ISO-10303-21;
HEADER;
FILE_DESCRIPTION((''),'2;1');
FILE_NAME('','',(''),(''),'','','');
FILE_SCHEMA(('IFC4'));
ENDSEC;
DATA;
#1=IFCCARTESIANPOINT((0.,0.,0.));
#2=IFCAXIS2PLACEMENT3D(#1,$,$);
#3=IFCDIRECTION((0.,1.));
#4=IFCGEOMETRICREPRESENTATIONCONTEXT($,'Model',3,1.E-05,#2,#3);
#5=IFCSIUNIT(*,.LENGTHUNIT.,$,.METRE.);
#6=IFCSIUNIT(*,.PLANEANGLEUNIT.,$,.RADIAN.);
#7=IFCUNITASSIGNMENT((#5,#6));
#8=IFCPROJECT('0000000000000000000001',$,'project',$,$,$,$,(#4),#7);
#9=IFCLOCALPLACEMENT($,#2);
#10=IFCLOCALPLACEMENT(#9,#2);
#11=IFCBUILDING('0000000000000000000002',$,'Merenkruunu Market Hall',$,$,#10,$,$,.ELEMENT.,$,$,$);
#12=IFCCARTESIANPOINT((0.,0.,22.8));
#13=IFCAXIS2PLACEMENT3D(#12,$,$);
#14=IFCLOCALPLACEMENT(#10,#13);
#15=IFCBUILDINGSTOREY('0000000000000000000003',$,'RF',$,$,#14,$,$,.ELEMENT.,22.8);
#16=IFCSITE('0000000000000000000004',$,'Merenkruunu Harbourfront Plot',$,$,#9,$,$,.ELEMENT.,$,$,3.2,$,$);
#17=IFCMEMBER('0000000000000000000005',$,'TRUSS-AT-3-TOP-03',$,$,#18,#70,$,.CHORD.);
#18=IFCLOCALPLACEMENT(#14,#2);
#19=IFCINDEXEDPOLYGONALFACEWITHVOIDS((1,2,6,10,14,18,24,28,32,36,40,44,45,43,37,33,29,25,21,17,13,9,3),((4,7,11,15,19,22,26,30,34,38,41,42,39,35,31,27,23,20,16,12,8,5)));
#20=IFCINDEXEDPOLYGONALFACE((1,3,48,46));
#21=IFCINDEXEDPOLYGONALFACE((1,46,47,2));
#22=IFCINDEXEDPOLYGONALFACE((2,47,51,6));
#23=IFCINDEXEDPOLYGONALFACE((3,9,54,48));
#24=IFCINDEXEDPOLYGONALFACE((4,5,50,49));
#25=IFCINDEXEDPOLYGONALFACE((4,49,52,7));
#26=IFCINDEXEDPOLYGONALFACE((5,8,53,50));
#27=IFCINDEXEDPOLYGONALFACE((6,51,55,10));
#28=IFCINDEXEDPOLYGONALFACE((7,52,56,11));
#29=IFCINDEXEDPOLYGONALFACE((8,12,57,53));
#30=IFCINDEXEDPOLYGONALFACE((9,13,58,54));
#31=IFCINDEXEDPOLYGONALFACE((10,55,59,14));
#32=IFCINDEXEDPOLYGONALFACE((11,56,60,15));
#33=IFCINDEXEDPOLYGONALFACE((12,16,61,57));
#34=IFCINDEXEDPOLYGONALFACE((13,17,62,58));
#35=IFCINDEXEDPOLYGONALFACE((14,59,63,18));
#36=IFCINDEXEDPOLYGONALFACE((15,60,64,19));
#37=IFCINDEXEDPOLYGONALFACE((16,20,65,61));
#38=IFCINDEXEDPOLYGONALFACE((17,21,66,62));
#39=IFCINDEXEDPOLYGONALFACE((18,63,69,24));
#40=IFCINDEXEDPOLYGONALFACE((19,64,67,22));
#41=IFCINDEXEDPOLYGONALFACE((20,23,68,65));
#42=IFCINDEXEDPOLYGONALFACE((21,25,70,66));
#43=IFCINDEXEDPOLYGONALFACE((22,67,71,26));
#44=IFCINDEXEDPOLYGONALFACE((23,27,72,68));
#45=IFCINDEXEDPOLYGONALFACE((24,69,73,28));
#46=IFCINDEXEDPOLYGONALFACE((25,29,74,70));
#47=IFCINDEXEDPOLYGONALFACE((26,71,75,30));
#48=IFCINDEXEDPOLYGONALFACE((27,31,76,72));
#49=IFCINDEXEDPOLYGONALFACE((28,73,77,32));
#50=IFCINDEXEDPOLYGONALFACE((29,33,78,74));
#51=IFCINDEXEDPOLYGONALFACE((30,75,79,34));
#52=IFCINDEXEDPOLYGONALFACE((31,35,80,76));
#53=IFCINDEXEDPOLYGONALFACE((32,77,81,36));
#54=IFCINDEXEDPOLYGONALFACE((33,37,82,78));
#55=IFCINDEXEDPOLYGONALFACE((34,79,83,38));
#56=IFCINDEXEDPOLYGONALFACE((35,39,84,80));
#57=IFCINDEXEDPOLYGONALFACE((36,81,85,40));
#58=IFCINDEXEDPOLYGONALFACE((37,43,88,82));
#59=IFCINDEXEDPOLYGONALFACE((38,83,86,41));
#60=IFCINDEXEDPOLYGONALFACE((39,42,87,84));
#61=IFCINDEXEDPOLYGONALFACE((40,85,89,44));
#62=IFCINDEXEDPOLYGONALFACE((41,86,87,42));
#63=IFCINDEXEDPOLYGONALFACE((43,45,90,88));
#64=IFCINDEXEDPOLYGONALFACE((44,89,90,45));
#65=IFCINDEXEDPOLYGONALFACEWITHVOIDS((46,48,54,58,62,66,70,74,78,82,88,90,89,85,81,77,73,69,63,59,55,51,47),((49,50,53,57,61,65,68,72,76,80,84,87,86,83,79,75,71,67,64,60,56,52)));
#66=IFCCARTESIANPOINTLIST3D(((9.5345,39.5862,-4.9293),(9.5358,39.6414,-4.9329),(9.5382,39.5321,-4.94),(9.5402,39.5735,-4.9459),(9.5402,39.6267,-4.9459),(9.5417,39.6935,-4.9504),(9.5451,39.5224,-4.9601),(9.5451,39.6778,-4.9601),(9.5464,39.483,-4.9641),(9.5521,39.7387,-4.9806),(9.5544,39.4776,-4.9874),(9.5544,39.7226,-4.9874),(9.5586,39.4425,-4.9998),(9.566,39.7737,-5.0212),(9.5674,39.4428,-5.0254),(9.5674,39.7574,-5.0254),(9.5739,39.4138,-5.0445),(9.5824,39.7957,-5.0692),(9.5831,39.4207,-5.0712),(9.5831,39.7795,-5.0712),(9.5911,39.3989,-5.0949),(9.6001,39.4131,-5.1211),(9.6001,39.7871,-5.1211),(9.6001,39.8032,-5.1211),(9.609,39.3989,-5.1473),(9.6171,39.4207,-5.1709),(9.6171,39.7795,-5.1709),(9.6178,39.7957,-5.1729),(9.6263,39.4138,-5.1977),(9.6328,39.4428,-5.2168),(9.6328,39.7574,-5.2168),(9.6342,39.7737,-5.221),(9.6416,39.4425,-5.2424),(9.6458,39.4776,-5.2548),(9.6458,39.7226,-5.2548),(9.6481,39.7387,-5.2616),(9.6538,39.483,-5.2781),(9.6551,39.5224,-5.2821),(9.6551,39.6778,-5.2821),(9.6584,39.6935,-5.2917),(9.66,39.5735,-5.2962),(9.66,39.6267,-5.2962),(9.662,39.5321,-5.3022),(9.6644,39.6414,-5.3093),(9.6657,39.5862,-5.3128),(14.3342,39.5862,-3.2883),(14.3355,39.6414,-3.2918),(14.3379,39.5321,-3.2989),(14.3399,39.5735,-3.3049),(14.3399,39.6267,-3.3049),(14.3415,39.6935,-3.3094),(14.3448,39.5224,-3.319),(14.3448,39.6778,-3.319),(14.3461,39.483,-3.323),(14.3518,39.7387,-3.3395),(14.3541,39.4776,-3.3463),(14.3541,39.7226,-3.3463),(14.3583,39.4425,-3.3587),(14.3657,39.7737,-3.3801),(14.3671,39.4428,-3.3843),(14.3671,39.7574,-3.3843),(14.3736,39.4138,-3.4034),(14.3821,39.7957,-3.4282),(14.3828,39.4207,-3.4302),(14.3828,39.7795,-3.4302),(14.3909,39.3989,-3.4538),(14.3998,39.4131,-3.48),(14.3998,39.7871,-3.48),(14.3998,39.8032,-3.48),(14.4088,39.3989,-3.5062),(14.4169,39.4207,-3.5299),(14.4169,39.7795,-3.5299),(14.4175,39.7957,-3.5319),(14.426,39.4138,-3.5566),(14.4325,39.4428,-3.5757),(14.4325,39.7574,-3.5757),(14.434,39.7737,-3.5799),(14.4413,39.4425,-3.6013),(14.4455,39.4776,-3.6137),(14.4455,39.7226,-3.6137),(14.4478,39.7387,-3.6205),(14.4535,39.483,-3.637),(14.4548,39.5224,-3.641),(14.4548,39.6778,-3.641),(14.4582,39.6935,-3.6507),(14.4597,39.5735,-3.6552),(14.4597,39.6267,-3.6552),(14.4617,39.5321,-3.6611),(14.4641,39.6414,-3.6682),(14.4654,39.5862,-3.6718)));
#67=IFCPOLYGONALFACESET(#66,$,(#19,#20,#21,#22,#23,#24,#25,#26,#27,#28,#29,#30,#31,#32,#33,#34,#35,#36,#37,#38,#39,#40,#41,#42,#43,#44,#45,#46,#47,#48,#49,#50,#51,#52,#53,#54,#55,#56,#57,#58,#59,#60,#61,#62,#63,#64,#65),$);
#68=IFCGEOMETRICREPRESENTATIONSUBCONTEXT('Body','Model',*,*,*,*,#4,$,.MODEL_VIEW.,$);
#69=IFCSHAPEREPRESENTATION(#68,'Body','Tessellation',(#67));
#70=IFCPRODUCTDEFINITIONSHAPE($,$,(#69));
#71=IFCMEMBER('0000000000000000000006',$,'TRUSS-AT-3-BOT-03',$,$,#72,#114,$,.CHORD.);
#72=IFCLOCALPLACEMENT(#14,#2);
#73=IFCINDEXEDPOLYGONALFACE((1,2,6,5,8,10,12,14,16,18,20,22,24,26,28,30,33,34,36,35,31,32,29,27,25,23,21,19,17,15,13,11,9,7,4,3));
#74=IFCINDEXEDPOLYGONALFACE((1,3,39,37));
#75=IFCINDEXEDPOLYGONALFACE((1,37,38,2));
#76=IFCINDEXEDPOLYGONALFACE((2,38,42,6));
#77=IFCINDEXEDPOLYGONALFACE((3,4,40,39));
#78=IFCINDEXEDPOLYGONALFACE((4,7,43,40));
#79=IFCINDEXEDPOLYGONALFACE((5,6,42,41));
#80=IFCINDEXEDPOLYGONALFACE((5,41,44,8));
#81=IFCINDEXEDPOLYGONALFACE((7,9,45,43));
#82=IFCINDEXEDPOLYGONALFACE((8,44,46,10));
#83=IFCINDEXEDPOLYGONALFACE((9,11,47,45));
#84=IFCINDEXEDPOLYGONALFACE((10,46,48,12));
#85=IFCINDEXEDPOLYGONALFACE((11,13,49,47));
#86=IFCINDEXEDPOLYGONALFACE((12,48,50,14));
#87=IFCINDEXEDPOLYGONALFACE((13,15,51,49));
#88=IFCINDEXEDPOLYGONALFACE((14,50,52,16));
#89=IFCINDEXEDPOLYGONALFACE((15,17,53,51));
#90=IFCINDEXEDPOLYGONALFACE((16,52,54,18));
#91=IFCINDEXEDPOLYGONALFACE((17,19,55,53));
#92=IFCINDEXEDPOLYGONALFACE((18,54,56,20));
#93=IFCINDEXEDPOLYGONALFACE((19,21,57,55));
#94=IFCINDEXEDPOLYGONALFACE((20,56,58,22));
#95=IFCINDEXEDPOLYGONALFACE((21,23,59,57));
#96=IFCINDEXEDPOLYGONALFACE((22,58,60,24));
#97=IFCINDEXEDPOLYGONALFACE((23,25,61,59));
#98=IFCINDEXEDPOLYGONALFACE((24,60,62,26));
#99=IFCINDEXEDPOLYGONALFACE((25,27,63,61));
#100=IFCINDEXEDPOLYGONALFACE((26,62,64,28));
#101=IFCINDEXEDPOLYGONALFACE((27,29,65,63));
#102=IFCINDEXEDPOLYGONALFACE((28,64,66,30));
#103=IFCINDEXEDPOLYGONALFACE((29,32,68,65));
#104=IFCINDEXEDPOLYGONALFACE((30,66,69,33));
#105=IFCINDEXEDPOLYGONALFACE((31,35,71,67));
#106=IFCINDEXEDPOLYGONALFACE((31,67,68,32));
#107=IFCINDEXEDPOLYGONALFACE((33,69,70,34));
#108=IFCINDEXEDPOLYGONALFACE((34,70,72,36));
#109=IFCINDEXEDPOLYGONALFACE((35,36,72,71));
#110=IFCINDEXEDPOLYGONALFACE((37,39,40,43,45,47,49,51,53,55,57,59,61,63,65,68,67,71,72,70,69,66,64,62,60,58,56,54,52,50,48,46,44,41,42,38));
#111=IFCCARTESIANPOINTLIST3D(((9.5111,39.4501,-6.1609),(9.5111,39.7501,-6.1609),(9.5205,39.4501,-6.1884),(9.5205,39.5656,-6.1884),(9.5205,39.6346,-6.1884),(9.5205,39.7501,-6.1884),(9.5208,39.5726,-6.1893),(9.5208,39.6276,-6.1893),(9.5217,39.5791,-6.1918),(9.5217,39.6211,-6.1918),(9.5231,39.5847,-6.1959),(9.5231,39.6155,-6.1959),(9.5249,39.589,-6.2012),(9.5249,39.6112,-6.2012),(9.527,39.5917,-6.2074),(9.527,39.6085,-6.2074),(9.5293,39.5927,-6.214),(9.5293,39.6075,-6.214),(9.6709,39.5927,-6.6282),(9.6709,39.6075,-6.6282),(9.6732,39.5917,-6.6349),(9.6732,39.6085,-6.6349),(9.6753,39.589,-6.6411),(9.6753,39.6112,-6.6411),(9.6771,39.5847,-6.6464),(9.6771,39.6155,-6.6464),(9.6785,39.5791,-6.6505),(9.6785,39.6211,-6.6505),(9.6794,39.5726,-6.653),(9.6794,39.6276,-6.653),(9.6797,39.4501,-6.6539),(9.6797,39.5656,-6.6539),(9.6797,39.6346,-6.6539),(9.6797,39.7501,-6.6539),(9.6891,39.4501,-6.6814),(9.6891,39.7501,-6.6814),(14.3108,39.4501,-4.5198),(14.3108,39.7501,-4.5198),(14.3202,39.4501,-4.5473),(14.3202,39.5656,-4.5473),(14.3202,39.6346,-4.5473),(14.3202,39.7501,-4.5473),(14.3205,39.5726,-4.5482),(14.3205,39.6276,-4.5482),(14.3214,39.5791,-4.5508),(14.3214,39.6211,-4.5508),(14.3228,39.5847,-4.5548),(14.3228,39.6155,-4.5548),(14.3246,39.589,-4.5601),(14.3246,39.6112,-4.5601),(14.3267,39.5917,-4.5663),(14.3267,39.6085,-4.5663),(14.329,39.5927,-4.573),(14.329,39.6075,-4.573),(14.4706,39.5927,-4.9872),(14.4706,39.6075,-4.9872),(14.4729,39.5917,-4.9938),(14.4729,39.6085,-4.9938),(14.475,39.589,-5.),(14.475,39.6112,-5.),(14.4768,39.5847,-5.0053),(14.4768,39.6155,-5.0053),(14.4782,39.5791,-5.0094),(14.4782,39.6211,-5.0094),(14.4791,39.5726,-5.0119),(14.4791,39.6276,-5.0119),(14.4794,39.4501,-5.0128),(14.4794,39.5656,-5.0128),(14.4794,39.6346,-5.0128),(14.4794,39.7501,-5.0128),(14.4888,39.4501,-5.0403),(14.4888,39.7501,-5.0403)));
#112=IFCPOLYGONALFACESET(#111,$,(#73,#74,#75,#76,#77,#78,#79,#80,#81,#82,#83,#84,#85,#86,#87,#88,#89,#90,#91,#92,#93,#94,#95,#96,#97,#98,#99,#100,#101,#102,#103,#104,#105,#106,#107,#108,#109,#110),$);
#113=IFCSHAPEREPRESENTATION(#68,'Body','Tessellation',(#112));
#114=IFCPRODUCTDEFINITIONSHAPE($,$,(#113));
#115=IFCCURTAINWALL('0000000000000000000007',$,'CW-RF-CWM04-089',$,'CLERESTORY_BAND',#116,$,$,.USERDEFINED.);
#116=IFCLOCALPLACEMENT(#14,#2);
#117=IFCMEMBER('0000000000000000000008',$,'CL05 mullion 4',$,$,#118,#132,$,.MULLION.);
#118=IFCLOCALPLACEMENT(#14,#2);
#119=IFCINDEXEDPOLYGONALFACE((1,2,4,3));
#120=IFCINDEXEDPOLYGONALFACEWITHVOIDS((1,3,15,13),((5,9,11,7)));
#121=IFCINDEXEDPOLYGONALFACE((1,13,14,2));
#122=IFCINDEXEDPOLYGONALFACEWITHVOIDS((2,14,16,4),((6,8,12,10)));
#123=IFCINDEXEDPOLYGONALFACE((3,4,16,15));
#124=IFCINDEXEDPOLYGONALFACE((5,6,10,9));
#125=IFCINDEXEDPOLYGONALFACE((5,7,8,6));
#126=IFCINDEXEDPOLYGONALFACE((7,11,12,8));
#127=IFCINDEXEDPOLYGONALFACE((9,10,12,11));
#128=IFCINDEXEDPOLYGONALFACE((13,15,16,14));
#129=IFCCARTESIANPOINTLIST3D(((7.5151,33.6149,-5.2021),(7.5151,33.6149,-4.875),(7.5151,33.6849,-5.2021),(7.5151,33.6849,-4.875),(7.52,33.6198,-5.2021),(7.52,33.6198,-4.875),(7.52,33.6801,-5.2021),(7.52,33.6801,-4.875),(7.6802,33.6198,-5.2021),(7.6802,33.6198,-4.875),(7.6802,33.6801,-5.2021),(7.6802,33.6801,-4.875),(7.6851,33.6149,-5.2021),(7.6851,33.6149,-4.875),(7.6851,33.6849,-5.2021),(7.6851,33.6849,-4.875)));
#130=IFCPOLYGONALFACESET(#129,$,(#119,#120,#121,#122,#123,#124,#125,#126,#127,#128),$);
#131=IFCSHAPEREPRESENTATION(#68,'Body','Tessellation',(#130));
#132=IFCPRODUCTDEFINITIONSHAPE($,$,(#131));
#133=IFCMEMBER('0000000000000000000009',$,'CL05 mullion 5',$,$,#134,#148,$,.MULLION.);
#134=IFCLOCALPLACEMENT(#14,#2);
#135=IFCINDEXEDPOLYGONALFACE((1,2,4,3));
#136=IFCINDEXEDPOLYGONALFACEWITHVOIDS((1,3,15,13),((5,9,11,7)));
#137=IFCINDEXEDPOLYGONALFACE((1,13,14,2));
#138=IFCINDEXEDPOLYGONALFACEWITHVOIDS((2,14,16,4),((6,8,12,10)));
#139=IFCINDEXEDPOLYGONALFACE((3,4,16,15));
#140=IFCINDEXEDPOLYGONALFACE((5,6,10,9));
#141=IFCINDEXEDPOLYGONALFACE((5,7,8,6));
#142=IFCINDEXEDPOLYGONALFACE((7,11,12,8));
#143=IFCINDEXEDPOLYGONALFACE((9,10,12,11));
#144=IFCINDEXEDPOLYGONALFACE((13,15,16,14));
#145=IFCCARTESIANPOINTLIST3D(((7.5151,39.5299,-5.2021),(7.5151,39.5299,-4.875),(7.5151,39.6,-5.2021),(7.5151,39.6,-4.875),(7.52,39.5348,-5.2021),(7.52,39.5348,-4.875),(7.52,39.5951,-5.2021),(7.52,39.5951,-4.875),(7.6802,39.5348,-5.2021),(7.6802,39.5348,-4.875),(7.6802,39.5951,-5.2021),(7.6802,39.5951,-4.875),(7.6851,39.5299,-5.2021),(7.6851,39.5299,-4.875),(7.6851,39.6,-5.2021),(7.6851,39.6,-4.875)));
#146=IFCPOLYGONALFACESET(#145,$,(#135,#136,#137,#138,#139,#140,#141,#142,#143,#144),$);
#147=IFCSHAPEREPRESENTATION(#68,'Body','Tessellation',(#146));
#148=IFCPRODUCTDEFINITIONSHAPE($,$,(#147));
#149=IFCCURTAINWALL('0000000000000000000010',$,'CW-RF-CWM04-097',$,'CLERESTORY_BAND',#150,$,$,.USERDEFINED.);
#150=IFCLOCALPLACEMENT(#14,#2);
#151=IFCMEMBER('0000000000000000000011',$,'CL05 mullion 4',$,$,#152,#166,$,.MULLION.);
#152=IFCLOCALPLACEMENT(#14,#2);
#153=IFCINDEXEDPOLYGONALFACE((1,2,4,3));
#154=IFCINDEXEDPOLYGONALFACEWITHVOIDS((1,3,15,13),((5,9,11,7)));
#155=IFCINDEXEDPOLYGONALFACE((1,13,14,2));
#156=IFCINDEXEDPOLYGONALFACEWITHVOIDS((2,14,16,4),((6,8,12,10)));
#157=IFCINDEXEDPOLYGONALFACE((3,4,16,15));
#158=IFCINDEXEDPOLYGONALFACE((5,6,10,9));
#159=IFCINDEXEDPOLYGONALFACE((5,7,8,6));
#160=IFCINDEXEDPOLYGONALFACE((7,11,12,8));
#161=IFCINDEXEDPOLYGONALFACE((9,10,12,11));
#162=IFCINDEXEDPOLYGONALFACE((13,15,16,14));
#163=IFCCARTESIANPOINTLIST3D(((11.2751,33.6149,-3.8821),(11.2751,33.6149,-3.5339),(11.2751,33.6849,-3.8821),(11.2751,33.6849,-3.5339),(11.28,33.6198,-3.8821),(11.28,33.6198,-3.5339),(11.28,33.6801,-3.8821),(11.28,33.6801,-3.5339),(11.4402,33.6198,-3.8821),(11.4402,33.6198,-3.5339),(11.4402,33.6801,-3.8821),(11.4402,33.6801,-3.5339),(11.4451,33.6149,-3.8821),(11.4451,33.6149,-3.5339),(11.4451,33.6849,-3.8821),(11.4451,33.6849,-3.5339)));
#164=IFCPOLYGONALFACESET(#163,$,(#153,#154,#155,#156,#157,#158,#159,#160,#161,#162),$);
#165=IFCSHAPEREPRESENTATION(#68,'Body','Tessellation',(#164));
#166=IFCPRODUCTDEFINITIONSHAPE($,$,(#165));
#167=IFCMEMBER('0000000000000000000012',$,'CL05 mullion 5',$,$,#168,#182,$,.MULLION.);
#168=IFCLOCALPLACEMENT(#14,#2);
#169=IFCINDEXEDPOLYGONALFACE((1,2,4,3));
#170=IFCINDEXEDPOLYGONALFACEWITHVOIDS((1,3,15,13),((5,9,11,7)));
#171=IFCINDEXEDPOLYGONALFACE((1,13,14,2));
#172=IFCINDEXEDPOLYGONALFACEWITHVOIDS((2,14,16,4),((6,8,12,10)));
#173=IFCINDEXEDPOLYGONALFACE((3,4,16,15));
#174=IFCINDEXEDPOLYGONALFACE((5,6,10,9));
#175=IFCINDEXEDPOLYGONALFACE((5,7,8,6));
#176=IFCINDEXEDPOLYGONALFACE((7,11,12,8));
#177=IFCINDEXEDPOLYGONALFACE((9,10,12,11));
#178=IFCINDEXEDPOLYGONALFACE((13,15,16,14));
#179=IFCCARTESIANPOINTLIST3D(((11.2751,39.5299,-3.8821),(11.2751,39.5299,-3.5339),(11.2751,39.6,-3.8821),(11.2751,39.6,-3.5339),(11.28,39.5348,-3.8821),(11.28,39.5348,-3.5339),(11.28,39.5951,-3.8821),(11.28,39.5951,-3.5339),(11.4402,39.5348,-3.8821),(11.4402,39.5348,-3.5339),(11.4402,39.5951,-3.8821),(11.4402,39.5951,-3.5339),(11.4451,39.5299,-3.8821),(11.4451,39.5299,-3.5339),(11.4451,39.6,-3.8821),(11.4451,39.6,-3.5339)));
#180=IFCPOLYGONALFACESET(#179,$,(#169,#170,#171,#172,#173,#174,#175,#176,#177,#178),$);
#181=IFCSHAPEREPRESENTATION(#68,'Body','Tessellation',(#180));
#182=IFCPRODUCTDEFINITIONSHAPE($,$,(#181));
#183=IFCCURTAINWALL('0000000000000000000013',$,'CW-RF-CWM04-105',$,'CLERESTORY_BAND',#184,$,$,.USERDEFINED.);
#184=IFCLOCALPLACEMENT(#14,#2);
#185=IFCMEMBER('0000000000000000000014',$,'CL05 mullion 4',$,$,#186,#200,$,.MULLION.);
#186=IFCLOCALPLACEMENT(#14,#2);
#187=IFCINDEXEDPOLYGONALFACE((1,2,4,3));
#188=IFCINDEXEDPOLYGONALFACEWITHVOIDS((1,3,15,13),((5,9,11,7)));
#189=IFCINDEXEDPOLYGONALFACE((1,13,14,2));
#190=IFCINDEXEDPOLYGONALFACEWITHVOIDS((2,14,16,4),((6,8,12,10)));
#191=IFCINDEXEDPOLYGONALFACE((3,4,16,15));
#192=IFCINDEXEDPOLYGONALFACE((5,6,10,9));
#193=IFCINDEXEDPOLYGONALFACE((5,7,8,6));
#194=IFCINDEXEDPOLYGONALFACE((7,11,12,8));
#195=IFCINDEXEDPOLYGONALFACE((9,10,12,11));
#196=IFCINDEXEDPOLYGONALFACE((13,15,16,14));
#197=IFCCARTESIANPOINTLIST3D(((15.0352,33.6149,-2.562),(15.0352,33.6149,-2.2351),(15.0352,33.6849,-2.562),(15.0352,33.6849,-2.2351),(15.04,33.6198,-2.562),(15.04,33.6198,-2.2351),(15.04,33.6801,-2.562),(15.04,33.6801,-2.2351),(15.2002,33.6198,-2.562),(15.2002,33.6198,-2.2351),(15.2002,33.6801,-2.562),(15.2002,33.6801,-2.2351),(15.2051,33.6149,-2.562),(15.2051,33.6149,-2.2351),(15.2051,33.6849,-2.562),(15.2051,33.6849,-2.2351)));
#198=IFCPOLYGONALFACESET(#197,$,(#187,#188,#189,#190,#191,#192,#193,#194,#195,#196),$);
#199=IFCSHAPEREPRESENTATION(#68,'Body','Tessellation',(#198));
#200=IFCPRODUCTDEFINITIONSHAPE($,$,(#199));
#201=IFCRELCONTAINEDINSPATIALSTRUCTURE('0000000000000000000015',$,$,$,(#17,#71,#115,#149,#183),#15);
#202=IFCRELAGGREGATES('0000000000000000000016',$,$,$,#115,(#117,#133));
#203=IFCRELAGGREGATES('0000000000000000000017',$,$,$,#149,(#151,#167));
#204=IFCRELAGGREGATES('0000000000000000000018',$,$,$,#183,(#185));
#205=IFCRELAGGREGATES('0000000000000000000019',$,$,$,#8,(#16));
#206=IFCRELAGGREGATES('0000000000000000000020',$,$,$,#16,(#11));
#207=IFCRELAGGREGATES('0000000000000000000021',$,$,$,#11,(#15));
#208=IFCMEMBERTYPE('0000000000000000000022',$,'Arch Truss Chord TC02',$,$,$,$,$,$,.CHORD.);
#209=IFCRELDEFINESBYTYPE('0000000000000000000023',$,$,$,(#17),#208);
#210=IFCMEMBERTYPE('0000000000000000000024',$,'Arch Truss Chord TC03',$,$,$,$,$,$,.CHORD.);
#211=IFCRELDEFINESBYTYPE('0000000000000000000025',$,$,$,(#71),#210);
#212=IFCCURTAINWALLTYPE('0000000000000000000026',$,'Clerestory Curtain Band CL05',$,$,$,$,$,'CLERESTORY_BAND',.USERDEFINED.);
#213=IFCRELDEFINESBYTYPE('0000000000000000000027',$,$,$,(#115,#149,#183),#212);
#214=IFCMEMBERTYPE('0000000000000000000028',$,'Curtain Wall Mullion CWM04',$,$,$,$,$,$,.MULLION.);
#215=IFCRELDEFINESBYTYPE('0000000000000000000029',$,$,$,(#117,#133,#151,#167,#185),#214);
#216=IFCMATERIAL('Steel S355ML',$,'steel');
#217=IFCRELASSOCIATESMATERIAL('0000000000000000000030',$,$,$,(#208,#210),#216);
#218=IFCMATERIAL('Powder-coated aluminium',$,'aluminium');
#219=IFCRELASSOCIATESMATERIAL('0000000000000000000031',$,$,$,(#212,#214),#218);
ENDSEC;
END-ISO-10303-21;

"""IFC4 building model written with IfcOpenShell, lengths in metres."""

from ifc_helpers import new_model, si_unit, direction, frame, origin, origin_2d, place, context, subcontext, project, spatial, hollow_rectangle, hollow_circle, i_section, extrude, material, material_profile, profile_set, type_object, element, aggregate, save


model = new_model("IFC4")

# Units and contexts
model_context = context("Model", 3, precision=1e-05, world=origin(), true_north=direction((0.0, 1.0)))
body_context = subcontext(model_context, "Body", "Model", "MODEL_VIEW")
ifc_project = project(units=[si_unit("LENGTHUNIT", "METRE"), si_unit("PLANEANGLEUNIT", "RADIAN")], contexts=[model_context])

# Site, building, storey
site_placement = place(None, origin())
site = spatial("IfcSite", under=ifc_project, at=site_placement, Name="Merenkruunu Harbourfront Plot", CompositionType="ELEMENT", RefElevation=3.2)
building_placement = place(site_placement, origin())
building = spatial("IfcBuilding", under=site, at=building_placement, Name="Merenkruunu Market Hall", CompositionType="ELEMENT")
storey_placement = place(building_placement, frame((0.0, 0.0, 22.8)))
storey = spatial("IfcBuildingStorey", under=building, at=storey_placement, Name="RF", CompositionType="ELEMENT", Elevation=22.8)

# Members
ifc_material_1 = material(Name="Steel S355ML", Category="steel")
ifc_material_profile_1 = material_profile(ifc_material_1, hollow_circle(Radius=0.2031, WallThickness=0.0161, at=origin_2d()), Name="CHS 406.4x16")
ifc_profile_set_1 = profile_set([ifc_material_profile_1], Name="Steel S355ML")
member_type_1 = type_object("IfcMemberType", Name="Arch Truss Chord TC02", PredefinedType="CHORD", material=ifc_profile_set_1)
member_1_placement = place(storey_placement, frame((9.6001, 39.6001, -5.1211), z_axis=(0.94622, 0.0, 0.323524), x_axis=(0.0, 1.0, 0.0)))
element("IfcMember", 1, at=member_1_placement, inside=storey, type_object=member_type_1, Name="TRUSS-AT-3-TOP-03", PredefinedType="CHORD", context=body_context, shape_type="SweptSolid", body=[
    extrude(hollow_circle(Radius=0.2031, WallThickness=0.0161, at=origin_2d()), origin(), (0.0, 0.0, 1.0), 5.0725),
])
ifc_material_profile_2 = material_profile(ifc_material_1, i_section(OverallWidth=0.3, OverallDepth=0.55, WebThickness=0.0149, FlangeThickness=0.0291, FilletRadius=0.0271, at=origin_2d()), Name="HEB 550")
ifc_profile_set_2 = profile_set([ifc_material_profile_2], Name="Steel S355ML")
member_type_2 = type_object("IfcMemberType", Name="Arch Truss Chord TC03", PredefinedType="CHORD", material=ifc_profile_set_2)
member_2_placement = place(storey_placement, frame((9.6001, 39.6001, -6.4211), z_axis=(0.94622, 0.0, 0.323524), x_axis=(0.0, 1.0, 0.0)))
element("IfcMember", 2, at=member_2_placement, inside=storey, type_object=member_type_2, Name="TRUSS-AT-3-BOT-03", PredefinedType="CHORD", context=body_context, shape_type="SweptSolid", body=[
    extrude(i_section(OverallWidth=0.3, OverallDepth=0.55, WebThickness=0.0149, FlangeThickness=0.0291, FilletRadius=0.0271, at=origin_2d()), origin(), (0.0, 0.0, 1.0), 5.0725),
])

# Curtain walls, members
ifc_material_2 = material(Name="Powder-coated aluminium", Category="aluminium")
curtain_wall_type = type_object("IfcCurtainWallType", Name="Clerestory Curtain Band CL05", ElementType="CLERESTORY_BAND", PredefinedType="USERDEFINED", material=ifc_material_2)
curtain_wall_1_placement = place(storey_placement, origin())
curtain_wall_1 = element("IfcCurtainWall", 3, at=curtain_wall_1_placement, inside=storey, type_object=curtain_wall_type, Name="CW-RF-CWM04-089", ObjectType="CLERESTORY_BAND", PredefinedType="USERDEFINED")
ifc_material_profile_3 = material_profile(ifc_material_2, hollow_rectangle(XDim=0.0701, YDim=0.1699, WallThickness=0.0049, at=origin_2d()), Name="ALU 70x170x5")
ifc_profile_set_3 = profile_set([ifc_material_profile_3], Name="Powder-coated aluminium")
member_type_3 = type_object("IfcMemberType", Name="Curtain Wall Mullion CWM04", PredefinedType="MULLION", material=ifc_profile_set_3)
member_3_placement = place(storey_placement, frame((7.6001, 33.6499, -5.2021), z_axis=(0.0, 0.0, 1.0), x_axis=(0.0, 1.0, 0.0)))
member_3 = element("IfcMember", 4, at=member_3_placement, type_object=member_type_3, Name="CL05 mullion 4", PredefinedType="MULLION", context=body_context, shape_type="SweptSolid", body=[
    extrude(hollow_rectangle(XDim=0.0701, YDim=0.1699, WallThickness=0.0049, at=origin_2d()), origin(), (0.0, 0.0, 1.0), 0.3271),
])
member_4_placement = place(storey_placement, frame((7.6001, 39.5649, -5.2021), z_axis=(0.0, 0.0, 1.0), x_axis=(0.0, 1.0, 0.0)))
member_4 = element("IfcMember", 5, at=member_4_placement, type_object=member_type_3, Name="CL05 mullion 5", PredefinedType="MULLION", context=body_context, shape_type="SweptSolid", body=[
    extrude(hollow_rectangle(XDim=0.0701, YDim=0.1699, WallThickness=0.0049, at=origin_2d()), origin(), (0.0, 0.0, 1.0), 0.3271),
])
curtain_wall_2_placement = place(storey_placement, origin())
curtain_wall_2 = element("IfcCurtainWall", 6, at=curtain_wall_2_placement, inside=storey, type_object=curtain_wall_type, Name="CW-RF-CWM04-097", ObjectType="CLERESTORY_BAND", PredefinedType="USERDEFINED")
member_5_placement = place(storey_placement, frame((11.3601, 33.6499, -3.8821), z_axis=(0.0, 0.0, 1.0), x_axis=(0.0, 1.0, 0.0)))
member_5 = element("IfcMember", 7, at=member_5_placement, type_object=member_type_3, Name="CL05 mullion 4", PredefinedType="MULLION", context=body_context, shape_type="SweptSolid", body=[
    extrude(hollow_rectangle(XDim=0.0701, YDim=0.1699, WallThickness=0.0049, at=origin_2d()), origin(), (0.0, 0.0, 1.0), 0.3481),
])
member_6_placement = place(storey_placement, frame((11.3601, 39.5649, -3.8821), z_axis=(0.0, 0.0, 1.0), x_axis=(0.0, 1.0, 0.0)))
member_6 = element("IfcMember", 8, at=member_6_placement, type_object=member_type_3, Name="CL05 mullion 5", PredefinedType="MULLION", context=body_context, shape_type="SweptSolid", body=[
    extrude(hollow_rectangle(XDim=0.0701, YDim=0.1699, WallThickness=0.0049, at=origin_2d()), origin(), (0.0, 0.0, 1.0), 0.3481),
])
curtain_wall_3_placement = place(storey_placement, origin())
curtain_wall_3 = element("IfcCurtainWall", 9, at=curtain_wall_3_placement, inside=storey, type_object=curtain_wall_type, Name="CW-RF-CWM04-105", ObjectType="CLERESTORY_BAND", PredefinedType="USERDEFINED")
member_7_placement = place(storey_placement, frame((15.1201, 33.6499, -2.562), z_axis=(0.0, 0.0, 1.0), x_axis=(0.0, 1.0, 0.0)))
member_7 = element("IfcMember", 10, at=member_7_placement, type_object=member_type_3, Name="CL05 mullion 4", PredefinedType="MULLION", context=body_context, shape_type="SweptSolid", body=[
    extrude(hollow_rectangle(XDim=0.0701, YDim=0.1699, WallThickness=0.0049, at=origin_2d()), origin(), (0.0, 0.0, 1.0), 0.3269),
])

aggregate(curtain_wall_1, [member_3, member_4])
aggregate(curtain_wall_2, [member_5, member_6])
aggregate(curtain_wall_3, [member_7])

save(model, "model.ifc")
